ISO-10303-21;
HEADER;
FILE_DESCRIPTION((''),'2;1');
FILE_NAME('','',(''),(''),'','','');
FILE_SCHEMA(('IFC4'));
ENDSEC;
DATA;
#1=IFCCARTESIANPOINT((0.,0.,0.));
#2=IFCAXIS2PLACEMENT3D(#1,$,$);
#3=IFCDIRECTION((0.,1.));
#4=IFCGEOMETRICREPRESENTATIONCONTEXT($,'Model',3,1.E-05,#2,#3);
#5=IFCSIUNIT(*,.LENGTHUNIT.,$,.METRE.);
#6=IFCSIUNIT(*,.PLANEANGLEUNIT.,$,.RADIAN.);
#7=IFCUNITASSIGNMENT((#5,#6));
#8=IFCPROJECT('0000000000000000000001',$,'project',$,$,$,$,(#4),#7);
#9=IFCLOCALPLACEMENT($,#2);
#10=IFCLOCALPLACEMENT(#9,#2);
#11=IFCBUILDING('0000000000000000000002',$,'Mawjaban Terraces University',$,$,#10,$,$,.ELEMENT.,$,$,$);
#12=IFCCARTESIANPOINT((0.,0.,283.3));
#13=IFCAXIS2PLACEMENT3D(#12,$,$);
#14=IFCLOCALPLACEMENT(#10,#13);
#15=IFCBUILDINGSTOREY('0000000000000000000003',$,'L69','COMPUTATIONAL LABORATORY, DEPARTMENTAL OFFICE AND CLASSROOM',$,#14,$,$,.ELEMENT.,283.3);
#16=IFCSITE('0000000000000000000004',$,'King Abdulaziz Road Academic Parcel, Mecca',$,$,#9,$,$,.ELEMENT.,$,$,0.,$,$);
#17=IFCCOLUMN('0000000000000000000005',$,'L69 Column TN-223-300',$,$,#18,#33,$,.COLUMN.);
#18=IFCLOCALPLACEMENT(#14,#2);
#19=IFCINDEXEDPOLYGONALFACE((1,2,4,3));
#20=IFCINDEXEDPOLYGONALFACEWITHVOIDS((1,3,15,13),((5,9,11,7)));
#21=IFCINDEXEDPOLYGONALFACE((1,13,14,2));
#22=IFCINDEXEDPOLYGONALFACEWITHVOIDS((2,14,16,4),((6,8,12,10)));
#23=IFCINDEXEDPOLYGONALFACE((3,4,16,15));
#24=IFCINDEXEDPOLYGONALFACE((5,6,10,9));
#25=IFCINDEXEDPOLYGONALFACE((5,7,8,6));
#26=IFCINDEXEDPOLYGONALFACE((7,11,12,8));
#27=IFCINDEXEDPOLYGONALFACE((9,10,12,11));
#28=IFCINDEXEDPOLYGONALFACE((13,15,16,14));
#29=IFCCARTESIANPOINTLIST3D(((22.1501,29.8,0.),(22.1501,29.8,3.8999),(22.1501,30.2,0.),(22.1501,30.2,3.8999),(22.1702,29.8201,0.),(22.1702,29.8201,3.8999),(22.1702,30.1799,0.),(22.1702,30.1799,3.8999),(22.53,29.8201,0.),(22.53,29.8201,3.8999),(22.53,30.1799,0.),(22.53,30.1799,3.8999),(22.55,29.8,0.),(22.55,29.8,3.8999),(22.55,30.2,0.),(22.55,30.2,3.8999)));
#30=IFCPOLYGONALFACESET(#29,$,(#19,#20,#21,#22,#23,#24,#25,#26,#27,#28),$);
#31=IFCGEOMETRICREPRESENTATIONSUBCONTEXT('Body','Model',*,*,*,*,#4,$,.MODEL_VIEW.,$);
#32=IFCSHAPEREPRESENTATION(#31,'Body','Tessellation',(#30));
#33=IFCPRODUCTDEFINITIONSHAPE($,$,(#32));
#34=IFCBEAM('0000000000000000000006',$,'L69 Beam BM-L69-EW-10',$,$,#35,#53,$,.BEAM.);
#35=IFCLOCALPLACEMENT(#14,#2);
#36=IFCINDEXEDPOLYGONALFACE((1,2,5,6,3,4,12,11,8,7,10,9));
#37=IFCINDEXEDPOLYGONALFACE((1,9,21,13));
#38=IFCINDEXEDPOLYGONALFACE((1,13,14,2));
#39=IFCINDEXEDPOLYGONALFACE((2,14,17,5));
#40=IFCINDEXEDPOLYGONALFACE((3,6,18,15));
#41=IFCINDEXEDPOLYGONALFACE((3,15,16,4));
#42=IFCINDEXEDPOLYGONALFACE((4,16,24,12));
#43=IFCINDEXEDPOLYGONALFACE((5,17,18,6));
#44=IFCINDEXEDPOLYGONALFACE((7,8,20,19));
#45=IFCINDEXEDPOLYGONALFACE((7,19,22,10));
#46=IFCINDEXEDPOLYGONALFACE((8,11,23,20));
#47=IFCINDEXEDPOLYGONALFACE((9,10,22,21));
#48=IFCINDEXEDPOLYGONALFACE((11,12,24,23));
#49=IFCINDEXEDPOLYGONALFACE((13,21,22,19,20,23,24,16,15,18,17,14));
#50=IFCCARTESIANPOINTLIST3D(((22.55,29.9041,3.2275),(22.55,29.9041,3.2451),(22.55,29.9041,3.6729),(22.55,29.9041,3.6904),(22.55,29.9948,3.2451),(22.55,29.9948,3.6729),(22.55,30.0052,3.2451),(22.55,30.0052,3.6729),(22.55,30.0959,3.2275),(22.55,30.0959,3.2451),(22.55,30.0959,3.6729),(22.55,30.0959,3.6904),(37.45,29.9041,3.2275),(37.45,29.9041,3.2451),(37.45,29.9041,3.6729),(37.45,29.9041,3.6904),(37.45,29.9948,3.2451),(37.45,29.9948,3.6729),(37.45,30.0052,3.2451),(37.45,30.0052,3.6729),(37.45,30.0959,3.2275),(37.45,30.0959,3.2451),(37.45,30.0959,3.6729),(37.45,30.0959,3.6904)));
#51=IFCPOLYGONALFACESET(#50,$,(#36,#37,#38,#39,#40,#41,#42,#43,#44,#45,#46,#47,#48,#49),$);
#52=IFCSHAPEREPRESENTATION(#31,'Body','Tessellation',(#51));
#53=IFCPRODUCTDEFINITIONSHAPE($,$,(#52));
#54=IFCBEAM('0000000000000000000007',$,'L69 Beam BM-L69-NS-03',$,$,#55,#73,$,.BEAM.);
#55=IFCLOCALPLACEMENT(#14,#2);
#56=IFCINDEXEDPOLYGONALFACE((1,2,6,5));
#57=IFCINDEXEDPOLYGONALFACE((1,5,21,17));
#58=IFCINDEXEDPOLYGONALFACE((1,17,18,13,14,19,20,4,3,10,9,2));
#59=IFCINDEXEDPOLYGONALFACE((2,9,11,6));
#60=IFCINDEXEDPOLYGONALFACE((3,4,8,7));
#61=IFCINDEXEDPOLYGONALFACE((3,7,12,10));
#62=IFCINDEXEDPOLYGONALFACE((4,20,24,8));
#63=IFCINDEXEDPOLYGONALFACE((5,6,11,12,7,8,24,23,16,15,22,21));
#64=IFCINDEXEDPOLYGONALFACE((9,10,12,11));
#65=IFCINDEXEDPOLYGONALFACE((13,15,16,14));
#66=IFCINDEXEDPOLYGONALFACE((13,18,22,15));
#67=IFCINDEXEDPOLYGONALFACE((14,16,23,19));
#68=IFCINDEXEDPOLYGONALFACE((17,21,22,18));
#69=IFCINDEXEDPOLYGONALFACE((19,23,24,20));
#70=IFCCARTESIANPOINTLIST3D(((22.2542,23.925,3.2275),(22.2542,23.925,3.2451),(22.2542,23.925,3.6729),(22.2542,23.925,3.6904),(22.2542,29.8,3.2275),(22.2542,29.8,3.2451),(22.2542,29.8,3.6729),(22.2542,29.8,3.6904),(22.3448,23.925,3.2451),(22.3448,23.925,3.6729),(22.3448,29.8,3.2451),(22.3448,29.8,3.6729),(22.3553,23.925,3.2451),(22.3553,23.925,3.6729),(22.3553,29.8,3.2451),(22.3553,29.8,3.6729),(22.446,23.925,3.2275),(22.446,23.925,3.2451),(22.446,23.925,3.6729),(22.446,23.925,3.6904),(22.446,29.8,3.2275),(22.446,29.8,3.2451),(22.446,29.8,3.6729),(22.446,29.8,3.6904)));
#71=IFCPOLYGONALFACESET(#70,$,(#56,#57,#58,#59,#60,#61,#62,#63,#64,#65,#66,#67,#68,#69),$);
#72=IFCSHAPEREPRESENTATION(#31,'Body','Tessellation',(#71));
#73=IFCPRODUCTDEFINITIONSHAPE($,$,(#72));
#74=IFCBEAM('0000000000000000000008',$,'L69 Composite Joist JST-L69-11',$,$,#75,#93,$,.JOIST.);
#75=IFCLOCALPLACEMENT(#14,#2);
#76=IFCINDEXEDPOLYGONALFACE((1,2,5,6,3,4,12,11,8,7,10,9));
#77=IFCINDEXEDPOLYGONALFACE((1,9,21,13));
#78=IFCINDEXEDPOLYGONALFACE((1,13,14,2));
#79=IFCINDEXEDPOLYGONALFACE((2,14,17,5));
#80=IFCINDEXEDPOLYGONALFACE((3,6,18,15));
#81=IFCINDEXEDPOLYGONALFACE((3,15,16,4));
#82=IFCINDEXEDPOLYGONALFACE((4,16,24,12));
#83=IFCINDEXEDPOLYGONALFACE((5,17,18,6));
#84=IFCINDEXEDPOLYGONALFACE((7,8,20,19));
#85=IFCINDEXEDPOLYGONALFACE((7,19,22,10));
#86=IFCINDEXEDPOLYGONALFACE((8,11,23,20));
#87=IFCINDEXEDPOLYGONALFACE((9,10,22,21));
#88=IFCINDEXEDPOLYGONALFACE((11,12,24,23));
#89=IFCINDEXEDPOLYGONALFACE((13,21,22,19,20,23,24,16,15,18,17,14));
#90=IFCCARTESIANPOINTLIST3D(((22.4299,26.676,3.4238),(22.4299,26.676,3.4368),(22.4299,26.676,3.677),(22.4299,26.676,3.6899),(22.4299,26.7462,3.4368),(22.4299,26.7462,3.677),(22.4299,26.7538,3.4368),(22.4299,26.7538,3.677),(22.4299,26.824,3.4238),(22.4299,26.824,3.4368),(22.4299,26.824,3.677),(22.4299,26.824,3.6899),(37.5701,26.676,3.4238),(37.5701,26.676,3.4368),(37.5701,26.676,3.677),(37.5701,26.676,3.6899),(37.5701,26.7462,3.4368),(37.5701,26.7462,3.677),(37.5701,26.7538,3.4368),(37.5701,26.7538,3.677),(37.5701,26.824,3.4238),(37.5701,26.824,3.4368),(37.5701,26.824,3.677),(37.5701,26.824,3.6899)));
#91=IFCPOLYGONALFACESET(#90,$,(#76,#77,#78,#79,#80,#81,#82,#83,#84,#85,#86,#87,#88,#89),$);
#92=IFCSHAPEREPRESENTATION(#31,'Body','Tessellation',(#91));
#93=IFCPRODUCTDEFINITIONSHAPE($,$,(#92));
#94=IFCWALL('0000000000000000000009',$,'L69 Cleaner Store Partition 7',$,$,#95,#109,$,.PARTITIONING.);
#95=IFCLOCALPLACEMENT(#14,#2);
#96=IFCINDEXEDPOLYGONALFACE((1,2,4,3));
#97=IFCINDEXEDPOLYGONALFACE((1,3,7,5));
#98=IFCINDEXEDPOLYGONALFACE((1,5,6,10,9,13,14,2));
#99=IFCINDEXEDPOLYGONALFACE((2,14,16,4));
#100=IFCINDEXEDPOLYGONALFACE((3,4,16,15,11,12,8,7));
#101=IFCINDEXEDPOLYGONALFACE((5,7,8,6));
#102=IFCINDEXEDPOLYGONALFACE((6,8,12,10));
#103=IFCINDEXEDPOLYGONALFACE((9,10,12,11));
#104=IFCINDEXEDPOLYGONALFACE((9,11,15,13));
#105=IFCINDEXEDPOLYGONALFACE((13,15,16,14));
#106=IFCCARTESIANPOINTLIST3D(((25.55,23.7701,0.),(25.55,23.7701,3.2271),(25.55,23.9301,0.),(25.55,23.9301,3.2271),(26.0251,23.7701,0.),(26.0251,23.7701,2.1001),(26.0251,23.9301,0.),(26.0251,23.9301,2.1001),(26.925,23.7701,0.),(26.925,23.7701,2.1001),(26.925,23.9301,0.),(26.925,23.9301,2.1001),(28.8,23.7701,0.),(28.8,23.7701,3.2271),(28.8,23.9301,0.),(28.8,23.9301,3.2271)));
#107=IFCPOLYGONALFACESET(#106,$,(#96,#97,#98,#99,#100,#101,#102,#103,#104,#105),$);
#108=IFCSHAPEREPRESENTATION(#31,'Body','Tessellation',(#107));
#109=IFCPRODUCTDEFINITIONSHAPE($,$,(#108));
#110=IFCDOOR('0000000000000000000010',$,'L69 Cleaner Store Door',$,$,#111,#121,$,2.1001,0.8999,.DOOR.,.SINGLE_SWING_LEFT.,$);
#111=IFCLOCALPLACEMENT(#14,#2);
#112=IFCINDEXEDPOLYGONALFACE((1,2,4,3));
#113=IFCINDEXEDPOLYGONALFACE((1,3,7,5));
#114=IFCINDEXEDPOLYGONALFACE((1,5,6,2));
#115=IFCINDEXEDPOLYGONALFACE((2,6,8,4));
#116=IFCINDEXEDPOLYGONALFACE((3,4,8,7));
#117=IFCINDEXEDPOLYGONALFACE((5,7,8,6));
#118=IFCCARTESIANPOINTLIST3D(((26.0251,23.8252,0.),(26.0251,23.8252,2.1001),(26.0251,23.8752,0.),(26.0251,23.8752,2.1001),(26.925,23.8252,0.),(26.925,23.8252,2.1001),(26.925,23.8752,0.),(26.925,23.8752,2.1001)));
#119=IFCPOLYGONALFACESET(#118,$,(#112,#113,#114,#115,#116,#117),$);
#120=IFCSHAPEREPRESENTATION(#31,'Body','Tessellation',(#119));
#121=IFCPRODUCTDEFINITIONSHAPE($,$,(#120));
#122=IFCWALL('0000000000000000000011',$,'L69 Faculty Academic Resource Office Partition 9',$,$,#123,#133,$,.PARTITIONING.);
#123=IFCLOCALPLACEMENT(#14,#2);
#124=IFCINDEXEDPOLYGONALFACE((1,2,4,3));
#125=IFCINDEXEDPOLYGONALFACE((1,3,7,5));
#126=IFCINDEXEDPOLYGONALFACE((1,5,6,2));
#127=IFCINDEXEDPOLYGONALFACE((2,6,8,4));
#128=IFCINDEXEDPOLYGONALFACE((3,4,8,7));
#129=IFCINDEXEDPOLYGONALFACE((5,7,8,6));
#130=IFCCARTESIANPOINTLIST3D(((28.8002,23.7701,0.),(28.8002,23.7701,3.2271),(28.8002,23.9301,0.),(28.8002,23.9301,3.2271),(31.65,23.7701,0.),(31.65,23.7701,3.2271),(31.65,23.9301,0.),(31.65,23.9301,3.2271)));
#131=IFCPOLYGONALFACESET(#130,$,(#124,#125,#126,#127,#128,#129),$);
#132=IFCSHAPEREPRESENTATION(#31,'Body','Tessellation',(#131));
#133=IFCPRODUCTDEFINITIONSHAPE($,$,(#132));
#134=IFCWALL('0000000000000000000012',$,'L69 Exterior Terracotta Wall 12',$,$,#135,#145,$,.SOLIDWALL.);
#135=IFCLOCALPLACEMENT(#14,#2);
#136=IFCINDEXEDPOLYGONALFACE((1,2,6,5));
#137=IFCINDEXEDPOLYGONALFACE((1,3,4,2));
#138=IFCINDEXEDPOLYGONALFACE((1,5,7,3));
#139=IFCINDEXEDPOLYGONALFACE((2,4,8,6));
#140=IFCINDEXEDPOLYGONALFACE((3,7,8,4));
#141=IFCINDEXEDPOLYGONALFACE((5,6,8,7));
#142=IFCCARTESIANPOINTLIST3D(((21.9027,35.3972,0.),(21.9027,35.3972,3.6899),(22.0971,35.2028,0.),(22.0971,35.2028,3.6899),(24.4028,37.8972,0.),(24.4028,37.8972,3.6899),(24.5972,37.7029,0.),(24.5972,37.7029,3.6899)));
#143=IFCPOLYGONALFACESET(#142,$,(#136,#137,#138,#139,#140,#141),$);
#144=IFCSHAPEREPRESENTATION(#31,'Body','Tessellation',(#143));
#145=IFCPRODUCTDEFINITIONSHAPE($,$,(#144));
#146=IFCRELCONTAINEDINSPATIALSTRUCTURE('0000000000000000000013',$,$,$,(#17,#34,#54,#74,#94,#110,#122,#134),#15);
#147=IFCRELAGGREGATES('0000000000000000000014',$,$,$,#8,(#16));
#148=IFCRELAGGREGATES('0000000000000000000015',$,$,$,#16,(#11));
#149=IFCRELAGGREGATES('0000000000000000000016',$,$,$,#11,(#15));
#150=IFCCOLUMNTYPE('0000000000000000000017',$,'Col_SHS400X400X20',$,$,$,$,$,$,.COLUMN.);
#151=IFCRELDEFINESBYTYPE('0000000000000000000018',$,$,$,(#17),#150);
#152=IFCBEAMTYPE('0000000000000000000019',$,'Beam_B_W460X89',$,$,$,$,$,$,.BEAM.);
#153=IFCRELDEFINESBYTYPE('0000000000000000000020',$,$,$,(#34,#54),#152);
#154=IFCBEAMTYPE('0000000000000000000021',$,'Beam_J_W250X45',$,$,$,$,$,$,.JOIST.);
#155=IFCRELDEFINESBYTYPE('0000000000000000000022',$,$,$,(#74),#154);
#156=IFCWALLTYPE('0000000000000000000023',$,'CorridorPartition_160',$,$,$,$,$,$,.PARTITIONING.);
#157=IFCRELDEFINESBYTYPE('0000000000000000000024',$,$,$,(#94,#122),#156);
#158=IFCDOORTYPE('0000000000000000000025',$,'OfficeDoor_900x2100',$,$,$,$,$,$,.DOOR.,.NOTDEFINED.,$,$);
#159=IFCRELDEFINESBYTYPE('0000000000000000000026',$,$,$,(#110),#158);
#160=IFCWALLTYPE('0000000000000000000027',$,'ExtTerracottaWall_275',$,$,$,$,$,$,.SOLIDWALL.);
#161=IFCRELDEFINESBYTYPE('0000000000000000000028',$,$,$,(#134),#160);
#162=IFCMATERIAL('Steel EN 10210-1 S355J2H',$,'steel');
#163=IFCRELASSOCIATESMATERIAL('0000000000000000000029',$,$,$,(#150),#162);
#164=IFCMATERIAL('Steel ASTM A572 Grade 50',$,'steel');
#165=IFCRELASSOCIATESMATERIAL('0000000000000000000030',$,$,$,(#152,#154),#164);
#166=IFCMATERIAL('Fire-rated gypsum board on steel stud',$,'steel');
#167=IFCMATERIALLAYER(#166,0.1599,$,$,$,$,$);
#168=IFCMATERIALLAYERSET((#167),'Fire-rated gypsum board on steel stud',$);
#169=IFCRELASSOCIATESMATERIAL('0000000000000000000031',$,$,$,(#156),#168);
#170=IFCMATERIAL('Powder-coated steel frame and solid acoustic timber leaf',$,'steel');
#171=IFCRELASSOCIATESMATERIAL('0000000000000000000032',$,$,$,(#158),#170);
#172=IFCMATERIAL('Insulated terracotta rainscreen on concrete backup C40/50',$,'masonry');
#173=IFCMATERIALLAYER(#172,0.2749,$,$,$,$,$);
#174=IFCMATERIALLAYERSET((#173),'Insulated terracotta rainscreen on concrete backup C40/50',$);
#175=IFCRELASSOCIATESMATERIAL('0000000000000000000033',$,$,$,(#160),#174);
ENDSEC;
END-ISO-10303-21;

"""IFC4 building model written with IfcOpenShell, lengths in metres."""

from ifc_helpers import new_model, si_unit, direction, frame, frame_2d, origin, origin_2d, place, context, subcontext, project, spatial, rectangle, hollow_rectangle, i_section, extrude, material, layer, layer_set, material_profile, profile_set, type_object, element, fill, save


model = new_model("IFC4")

# Units and contexts
model_context = context("Model", 3, precision=1e-05, world=origin(), true_north=direction((0.0, 1.0)))
body_context = subcontext(model_context, "Body", "Model", "MODEL_VIEW")
ifc_project = project(units=[si_unit("LENGTHUNIT", "METRE"), si_unit("PLANEANGLEUNIT", "RADIAN")], contexts=[model_context])

# Site, building, storey
site_placement = place(None, origin())
site = spatial("IfcSite", under=ifc_project, at=site_placement, Name="King Abdulaziz Road Academic Parcel, Mecca", CompositionType="ELEMENT", RefElevation=0.0)
building_placement = place(site_placement, origin())
building = spatial("IfcBuilding", under=site, at=building_placement, Name="Mawjaban Terraces University", CompositionType="ELEMENT")
storey_placement = place(building_placement, frame((0.0, 0.0, 283.3)))
storey = spatial("IfcBuildingStorey", under=building, at=storey_placement, Name="L69", Description="COMPUTATIONAL LABORATORY, DEPARTMENTAL OFFICE AND CLASSROOM", CompositionType="ELEMENT", Elevation=283.3)

# Column
ifc_material_1 = material(Name="Steel EN 10210-1 S355J2H", Category="steel")
ifc_material_profile_1 = material_profile(ifc_material_1, hollow_rectangle(XDim=0.3999, YDim=0.3999, WallThickness=0.02, at=origin_2d()), Name="SHS400X400X20")
ifc_profile_set_1 = profile_set([ifc_material_profile_1], Name="Steel EN 10210-1 S355J2H")
column_type = type_object("IfcColumnType", Name="Col_SHS400X400X20", PredefinedType="COLUMN", material=ifc_profile_set_1)
column_placement = place(storey_placement, frame((22.3501, 30.0, 0.0), z_axis=(0.0, 0.0, 1.0), x_axis=(1.0, 0.0, 0.0)))
element("IfcColumn", 1, at=column_placement, inside=storey, type_object=column_type, Name="L69 Column TN-223-300", PredefinedType="COLUMN", context=body_context, shape_type="SweptSolid", body=[
    extrude(hollow_rectangle(XDim=0.3999, YDim=0.3999, WallThickness=0.02, at=origin_2d()), origin(), (0.0, 0.0, 1.0), 3.8999),
])

# Beams
ifc_material_2 = material(Name="Steel ASTM A572 Grade 50", Category="steel")
ifc_material_profile_2 = material_profile(ifc_material_2, i_section(OverallWidth=0.1919, OverallDepth=0.4629, WebThickness=0.0105, FlangeThickness=0.0176, at=origin_2d()), Name="W460X89")
ifc_profile_set_2 = profile_set([ifc_material_profile_2], Name="Steel ASTM A572 Grade 50")
beam_type_1 = type_object("IfcBeamType", Name="Beam_B_W460X89", PredefinedType="BEAM", material=ifc_profile_set_2)
beam_1_placement = place(storey_placement, frame((22.55, 30.0, 3.459), z_axis=(1.0, 0.0, 0.0), x_axis=(0.0, 1.0, 0.0)))
element("IfcBeam", 2, at=beam_1_placement, inside=storey, type_object=beam_type_1, Name="L69 Beam BM-L69-EW-10", PredefinedType="BEAM", context=body_context, shape_type="SweptSolid", body=[
    extrude(i_section(OverallWidth=0.1919, OverallDepth=0.4629, WebThickness=0.0105, FlangeThickness=0.0176, at=origin_2d()), origin(), (0.0, 0.0, 1.0), 14.8999),
])
beam_2_placement = place(storey_placement, frame((22.3501, 23.925, 3.459), z_axis=(0.0, 1.0, 0.0), x_axis=(-1.0, 0.0, 0.0)))
element("IfcBeam", 3, at=beam_2_placement, inside=storey, type_object=beam_type_1, Name="L69 Beam BM-L69-NS-03", PredefinedType="BEAM", context=body_context, shape_type="SweptSolid", body=[
    extrude(i_section(OverallWidth=0.1919, OverallDepth=0.4629, WebThickness=0.0105, FlangeThickness=0.0176, at=origin_2d()), origin(), (0.0, 0.0, 1.0), 5.875),
])
ifc_material_profile_3 = material_profile(ifc_material_2, i_section(OverallWidth=0.1479, OverallDepth=0.2661, WebThickness=0.0076, FlangeThickness=0.0129, at=origin_2d()), Name="W250X45")
ifc_profile_set_3 = profile_set([ifc_material_profile_3], Name="Steel ASTM A572 Grade 50")
beam_type_2 = type_object("IfcBeamType", Name="Beam_J_W250X45", PredefinedType="JOIST", material=ifc_profile_set_3)
beam_3_placement = place(storey_placement, frame((22.4299, 26.75, 3.5569), z_axis=(1.0, 0.0, 0.0), x_axis=(0.0, 1.0, 0.0)))
element("IfcBeam", 4, at=beam_3_placement, inside=storey, type_object=beam_type_2, Name="L69 Composite Joist JST-L69-11", PredefinedType="JOIST", context=body_context, shape_type="SweptSolid", body=[
    extrude(i_section(OverallWidth=0.1479, OverallDepth=0.2661, WebThickness=0.0076, FlangeThickness=0.0129, at=origin_2d()), origin(), (0.0, 0.0, 1.0), 15.1401),
])

# Wall, opening, door
ifc_material_3 = material(Name="Fire-rated gypsum board on steel stud", Category="steel")
ifc_layer_1 = layer(ifc_material_3, 0.1599)
ifc_layer_set_1 = layer_set([ifc_layer_1], Name="Fire-rated gypsum board on steel stud")
wall_type_1 = type_object("IfcWallType", Name="CorridorPartition_160", PredefinedType="PARTITIONING", material=ifc_layer_set_1)
wall_1_placement = place(storey_placement, frame((28.8, 23.8501, 0.0), z_axis=(0.0, 0.0, 1.0), x_axis=(-1.0, 0.0, 0.0)))
wall_1 = element("IfcWall", 5, at=wall_1_placement, inside=storey, type_object=wall_type_1, Name="L69 Cleaner Store Partition 7", PredefinedType="PARTITIONING", context=body_context, shape_type="SweptSolid", body=[
    extrude(rectangle(XDim=3.25, YDim=0.1599, at=frame_2d((1.625, 0.0))), origin(), (0.0, 0.0, 1.0), 3.2271),
])
opening_1_placement = place(wall_1_placement, frame((1.875, 0.0, 0.0)))
opening_1 = element("IfcOpeningElement", 6, at=opening_1_placement, cuts=wall_1, PredefinedType="OPENING", context=body_context, shape_type="SweptSolid", body=[
    extrude(rectangle(XDim=0.8999, YDim=2.1001, at=frame_2d((0.45, 1.05))), frame((0.0, 0.0898, 0.0), z_axis=(0.0, -1.0, 0.0), x_axis=(1.0, 0.0, 0.0)), (0.0, 0.0, 1.0), 0.1799),
])
ifc_material_4 = material(Name="Powder-coated steel frame and solid acoustic timber leaf", Category="steel")
door_type_1 = type_object("IfcDoorType", Name="OfficeDoor_900x2100", OperationType="NOTDEFINED", PredefinedType="DOOR", material=ifc_material_4)
door_1_placement = place(opening_1_placement, origin())
door_1 = element("IfcDoor", 7, at=door_1_placement, inside=storey, type_object=door_type_1, Name="L69 Cleaner Store Door", OperationType="SINGLE_SWING_LEFT", OverallHeight=2.1001, OverallWidth=0.8999, PredefinedType="DOOR", context=body_context, shape_type="SweptSolid", body=[
    extrude(rectangle(XDim=0.8999, YDim=2.1001, at=frame_2d((0.45, 1.05))), frame((0.0, 0.0249, 0.0), z_axis=(0.0, -1.0, 0.0), x_axis=(1.0, 0.0, 0.0)), (0.0, 0.0, 1.0), 0.05),
])
fill(opening_1, door_1)

# Walls
wall_2_placement = place(storey_placement, frame((31.6499, 23.8501, 0.0), z_axis=(0.0, 0.0, 1.0), x_axis=(-1.0, 0.0, 0.0)))
element("IfcWall", 8, at=wall_2_placement, inside=storey, type_object=wall_type_1, Name="L69 Faculty Academic Resource Office Partition 9", PredefinedType="PARTITIONING", context=body_context, shape_type="SweptSolid", body=[
    extrude(rectangle(XDim=2.8499, YDim=0.1599, at=frame_2d((1.4248, 0.0))), origin(), (0.0, 0.0, 1.0), 3.2271),
])
ifc_material_5 = material(Name="Insulated terracotta rainscreen on concrete backup C40/50", Category="masonry")
ifc_layer_2 = layer(ifc_material_5, 0.2749)
ifc_layer_set_2 = layer_set([ifc_layer_2], Name="Insulated terracotta rainscreen on concrete backup C40/50")
wall_type_2 = type_object("IfcWallType", Name="ExtTerracottaWall_275", PredefinedType="SOLIDWALL", material=ifc_layer_set_2)
wall_3_placement = place(storey_placement, frame((24.5, 37.8, 0.0), z_axis=(0.0, 0.0, 1.0), x_axis=(-0.707107, -0.707107, 0.0)))
element("IfcWall", 9, at=wall_3_placement, inside=storey, type_object=wall_type_2, Name="L69 Exterior Terracotta Wall 12", PredefinedType="SOLIDWALL", context=body_context, shape_type="SweptSolid", body=[
    extrude(rectangle(XDim=3.5356, YDim=0.2749, at=frame_2d((1.7678, 0.0))), origin(), (0.0, 0.0, 1.0), 3.6899),
])

save(model, "model.ifc")
